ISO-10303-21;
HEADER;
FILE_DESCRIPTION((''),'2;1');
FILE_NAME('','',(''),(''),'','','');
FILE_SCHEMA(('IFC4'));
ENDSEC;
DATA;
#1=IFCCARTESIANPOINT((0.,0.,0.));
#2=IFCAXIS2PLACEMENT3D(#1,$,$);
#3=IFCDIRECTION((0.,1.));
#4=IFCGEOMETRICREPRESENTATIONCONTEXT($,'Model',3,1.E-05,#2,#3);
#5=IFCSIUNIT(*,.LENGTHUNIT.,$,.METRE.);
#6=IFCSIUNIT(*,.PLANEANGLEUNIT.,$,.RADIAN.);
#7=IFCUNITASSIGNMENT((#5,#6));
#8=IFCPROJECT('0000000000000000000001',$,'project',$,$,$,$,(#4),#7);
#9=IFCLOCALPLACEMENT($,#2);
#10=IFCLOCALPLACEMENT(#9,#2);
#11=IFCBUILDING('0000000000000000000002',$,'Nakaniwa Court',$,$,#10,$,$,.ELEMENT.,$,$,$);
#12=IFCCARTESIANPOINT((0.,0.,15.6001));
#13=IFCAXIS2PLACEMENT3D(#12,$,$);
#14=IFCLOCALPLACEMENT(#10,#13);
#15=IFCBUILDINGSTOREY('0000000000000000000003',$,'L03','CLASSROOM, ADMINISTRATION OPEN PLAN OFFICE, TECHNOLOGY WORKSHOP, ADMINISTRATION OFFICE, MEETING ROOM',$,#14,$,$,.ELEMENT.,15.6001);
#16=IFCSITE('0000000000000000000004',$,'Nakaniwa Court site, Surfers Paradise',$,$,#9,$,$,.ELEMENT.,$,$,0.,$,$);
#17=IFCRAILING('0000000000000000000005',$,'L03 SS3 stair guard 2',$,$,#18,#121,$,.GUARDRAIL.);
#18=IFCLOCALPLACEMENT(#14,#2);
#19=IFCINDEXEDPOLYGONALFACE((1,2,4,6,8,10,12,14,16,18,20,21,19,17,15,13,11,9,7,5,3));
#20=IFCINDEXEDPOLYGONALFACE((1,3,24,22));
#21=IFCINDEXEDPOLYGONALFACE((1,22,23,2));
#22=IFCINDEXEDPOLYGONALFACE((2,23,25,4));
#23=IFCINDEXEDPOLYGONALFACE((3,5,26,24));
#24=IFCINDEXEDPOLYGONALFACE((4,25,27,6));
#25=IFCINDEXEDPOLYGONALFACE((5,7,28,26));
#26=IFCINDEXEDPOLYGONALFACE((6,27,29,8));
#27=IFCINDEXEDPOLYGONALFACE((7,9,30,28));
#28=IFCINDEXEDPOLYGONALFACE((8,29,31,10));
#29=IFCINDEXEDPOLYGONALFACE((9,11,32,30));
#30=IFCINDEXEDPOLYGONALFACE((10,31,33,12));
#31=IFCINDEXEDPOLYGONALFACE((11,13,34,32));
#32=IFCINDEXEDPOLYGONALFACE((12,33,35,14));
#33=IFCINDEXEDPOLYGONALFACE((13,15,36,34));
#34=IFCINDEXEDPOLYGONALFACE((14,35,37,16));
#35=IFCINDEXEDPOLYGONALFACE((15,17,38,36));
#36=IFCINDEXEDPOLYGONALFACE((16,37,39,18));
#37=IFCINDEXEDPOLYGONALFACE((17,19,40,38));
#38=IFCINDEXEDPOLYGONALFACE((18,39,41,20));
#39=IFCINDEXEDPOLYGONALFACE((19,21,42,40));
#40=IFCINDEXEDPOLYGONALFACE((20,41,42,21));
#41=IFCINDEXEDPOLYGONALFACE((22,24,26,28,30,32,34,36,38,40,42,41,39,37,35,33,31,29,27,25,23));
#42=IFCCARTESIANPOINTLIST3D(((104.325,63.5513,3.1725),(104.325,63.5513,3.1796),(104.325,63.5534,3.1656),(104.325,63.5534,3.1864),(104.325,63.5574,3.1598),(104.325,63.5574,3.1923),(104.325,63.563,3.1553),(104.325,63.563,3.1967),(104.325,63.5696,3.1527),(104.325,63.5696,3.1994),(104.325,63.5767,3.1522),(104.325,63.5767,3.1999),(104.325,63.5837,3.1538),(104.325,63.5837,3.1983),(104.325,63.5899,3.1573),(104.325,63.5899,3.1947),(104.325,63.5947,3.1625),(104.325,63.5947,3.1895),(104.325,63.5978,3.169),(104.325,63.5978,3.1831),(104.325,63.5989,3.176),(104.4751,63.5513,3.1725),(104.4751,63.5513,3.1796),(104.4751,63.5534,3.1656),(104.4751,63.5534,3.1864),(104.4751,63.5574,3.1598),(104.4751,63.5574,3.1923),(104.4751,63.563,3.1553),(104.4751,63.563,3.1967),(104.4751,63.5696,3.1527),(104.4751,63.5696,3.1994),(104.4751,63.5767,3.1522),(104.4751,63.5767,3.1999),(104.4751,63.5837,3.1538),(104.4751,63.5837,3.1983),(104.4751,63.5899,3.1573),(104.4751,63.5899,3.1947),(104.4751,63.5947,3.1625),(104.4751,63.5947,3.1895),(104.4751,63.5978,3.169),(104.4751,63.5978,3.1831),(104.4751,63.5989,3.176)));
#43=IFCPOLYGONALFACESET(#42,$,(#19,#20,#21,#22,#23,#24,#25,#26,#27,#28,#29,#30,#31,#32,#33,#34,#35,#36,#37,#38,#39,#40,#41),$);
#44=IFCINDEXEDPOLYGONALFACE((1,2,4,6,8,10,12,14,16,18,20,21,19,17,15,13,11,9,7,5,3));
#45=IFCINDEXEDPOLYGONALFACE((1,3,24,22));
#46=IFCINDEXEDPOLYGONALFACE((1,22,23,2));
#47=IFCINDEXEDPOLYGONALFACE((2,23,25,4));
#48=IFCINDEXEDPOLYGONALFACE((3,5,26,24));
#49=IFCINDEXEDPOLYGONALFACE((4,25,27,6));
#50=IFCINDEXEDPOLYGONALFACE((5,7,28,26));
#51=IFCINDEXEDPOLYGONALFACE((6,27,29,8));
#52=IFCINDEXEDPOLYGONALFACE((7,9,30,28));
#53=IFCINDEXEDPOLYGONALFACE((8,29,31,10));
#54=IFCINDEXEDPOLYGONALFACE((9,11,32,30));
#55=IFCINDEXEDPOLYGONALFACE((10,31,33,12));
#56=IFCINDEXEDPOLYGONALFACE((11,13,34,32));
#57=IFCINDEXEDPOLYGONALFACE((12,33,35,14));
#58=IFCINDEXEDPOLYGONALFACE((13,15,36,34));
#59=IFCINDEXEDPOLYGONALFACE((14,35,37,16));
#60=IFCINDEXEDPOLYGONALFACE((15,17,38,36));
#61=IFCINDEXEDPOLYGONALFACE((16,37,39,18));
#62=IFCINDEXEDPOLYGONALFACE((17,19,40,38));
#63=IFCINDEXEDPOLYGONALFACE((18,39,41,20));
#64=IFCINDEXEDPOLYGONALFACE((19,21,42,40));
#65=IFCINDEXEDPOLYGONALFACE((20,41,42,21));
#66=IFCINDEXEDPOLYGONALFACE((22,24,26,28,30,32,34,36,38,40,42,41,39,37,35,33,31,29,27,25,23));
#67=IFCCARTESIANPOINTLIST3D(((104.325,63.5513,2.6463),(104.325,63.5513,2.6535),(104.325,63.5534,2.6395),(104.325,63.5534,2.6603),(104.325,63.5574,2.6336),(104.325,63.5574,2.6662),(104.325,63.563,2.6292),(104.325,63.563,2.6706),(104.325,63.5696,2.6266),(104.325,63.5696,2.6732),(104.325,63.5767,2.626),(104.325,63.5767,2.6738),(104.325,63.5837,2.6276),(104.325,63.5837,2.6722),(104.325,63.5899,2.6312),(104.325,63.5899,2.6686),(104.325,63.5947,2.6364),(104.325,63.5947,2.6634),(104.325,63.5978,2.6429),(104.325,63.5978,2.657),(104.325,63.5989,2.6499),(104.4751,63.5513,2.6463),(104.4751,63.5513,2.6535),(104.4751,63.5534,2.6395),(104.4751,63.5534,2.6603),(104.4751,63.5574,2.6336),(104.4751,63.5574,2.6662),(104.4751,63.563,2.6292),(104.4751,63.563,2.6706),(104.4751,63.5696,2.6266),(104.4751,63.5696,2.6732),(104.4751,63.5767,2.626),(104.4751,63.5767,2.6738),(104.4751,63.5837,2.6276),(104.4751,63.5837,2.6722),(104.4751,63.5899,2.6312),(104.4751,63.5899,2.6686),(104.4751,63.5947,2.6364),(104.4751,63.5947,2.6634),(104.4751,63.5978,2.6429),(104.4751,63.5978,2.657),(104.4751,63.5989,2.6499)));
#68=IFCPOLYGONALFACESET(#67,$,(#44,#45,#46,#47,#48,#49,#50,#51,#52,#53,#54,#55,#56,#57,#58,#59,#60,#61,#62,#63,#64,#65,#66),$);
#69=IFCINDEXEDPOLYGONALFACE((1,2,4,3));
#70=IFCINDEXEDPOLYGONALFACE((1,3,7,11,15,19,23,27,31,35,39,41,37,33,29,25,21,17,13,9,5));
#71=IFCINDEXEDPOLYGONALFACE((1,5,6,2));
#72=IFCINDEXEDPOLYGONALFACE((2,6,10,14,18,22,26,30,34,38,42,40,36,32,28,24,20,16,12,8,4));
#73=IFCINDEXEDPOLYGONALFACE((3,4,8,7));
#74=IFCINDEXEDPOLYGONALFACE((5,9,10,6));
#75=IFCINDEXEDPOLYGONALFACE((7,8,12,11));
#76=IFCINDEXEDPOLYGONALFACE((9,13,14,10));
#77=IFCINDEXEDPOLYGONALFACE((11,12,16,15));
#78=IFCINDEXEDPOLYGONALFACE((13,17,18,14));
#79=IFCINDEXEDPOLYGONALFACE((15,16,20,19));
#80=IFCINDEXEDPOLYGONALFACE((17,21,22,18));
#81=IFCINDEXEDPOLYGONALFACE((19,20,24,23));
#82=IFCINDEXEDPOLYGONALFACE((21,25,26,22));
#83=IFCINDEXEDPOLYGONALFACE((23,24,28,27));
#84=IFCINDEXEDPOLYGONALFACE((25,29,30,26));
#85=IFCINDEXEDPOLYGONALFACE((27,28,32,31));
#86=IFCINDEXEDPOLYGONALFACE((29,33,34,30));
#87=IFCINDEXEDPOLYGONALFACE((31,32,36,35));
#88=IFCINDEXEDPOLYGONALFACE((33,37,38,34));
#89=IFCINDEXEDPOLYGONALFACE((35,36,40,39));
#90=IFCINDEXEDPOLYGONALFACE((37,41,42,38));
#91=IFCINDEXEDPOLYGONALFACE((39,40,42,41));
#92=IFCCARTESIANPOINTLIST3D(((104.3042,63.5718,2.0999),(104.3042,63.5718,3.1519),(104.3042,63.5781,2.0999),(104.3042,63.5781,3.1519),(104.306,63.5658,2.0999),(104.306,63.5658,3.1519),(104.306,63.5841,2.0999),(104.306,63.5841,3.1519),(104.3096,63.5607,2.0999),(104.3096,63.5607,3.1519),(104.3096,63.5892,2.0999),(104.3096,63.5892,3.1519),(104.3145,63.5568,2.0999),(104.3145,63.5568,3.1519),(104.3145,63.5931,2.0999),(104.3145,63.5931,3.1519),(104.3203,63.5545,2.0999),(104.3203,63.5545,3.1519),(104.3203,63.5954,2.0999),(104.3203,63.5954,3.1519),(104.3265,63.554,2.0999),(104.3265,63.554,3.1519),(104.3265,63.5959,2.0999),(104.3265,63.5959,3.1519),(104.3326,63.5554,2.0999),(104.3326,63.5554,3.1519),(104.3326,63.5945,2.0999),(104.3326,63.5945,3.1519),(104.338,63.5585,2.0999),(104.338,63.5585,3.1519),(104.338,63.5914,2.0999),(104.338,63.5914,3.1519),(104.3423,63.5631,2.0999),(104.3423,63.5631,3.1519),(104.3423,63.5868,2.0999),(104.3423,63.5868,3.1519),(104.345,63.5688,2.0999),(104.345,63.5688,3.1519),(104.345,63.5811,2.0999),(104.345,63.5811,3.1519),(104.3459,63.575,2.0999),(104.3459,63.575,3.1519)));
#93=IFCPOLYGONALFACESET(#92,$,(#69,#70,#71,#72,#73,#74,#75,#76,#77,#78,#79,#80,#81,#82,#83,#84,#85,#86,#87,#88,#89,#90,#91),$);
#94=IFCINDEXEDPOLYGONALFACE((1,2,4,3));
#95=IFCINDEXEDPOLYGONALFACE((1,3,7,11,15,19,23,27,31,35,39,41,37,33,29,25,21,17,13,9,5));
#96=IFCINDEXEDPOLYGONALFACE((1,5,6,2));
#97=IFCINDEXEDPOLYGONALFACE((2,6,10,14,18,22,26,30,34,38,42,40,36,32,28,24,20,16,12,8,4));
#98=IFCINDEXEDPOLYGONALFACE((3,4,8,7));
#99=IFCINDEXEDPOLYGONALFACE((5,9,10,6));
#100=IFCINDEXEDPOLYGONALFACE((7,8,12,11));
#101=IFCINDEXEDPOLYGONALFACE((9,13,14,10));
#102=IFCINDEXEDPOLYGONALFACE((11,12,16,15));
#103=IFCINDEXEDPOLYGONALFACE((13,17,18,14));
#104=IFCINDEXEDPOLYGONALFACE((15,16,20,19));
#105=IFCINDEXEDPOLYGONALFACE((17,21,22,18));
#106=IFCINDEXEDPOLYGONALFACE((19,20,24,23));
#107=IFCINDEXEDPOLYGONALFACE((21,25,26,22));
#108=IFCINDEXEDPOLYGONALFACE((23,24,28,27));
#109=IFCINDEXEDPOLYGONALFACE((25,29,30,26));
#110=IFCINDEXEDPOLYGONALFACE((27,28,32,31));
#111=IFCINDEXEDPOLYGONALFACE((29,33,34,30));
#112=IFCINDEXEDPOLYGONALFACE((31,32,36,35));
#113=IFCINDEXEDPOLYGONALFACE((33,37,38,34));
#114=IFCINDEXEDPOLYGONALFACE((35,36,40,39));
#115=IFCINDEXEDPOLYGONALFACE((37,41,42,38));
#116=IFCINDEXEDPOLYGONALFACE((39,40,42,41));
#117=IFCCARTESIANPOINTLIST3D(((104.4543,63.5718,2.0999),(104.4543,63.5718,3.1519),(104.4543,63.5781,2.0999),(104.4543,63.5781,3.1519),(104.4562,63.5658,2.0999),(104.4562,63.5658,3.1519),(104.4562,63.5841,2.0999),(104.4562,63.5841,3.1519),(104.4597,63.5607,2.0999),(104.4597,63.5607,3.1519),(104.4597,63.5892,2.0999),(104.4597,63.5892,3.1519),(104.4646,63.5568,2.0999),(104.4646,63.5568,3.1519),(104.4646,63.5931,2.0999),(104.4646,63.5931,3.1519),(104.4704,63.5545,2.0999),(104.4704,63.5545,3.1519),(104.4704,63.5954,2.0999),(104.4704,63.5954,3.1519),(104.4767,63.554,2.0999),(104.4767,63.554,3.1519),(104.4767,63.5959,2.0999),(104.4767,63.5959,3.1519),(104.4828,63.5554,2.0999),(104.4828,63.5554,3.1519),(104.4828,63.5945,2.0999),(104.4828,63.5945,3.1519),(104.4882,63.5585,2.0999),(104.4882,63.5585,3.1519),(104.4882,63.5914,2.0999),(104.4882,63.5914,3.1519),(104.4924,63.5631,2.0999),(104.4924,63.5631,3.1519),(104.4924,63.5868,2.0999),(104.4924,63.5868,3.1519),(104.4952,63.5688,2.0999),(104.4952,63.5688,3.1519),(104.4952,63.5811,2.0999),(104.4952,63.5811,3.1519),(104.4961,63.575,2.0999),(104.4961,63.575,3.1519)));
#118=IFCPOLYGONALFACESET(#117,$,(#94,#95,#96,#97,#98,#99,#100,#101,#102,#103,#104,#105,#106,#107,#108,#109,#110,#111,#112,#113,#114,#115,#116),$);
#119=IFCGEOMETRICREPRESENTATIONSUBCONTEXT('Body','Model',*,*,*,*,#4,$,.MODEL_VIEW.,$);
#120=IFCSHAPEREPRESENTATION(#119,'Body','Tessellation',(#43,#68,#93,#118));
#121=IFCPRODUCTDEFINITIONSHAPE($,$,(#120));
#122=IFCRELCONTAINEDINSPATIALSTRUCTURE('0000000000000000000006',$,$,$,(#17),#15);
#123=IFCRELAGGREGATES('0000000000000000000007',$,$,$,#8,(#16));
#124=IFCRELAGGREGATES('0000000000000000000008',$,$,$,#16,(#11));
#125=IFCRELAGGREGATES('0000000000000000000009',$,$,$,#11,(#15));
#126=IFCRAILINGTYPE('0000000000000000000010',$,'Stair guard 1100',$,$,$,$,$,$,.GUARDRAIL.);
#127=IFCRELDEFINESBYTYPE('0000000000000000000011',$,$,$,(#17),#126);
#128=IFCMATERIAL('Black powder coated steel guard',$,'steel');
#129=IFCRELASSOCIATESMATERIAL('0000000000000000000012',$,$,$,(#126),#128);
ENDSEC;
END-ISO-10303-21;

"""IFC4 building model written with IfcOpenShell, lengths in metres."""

from ifc_helpers import new_model, si_unit, direction, frame, origin, origin_2d, place, context, subcontext, project, spatial, circle, extrude, material, type_object, element, save


model = new_model("IFC4")

# Units and contexts
model_context = context("Model", 3, precision=1e-05, world=origin(), true_north=direction((0.0, 1.0)))
body_context = subcontext(model_context, "Body", "Model", "MODEL_VIEW")
ifc_project = project(units=[si_unit("LENGTHUNIT", "METRE"), si_unit("PLANEANGLEUNIT", "RADIAN")], contexts=[model_context])

# Site, building, storey
site_placement = place(None, origin())
site = spatial("IfcSite", under=ifc_project, at=site_placement, Name="Nakaniwa Court site, Surfers Paradise", CompositionType="ELEMENT", RefElevation=0.0)
building_placement = place(site_placement, origin())
building = spatial("IfcBuilding", under=site, at=building_placement, Name="Nakaniwa Court", CompositionType="ELEMENT")
storey_placement = place(building_placement, frame((0.0, 0.0, 15.6001)))
storey = spatial("IfcBuildingStorey", under=building, at=storey_placement, Name="L03", Description="CLASSROOM, ADMINISTRATION OPEN PLAN OFFICE, TECHNOLOGY WORKSHOP, ADMINISTRATION OFFICE, MEETING ROOM", CompositionType="ELEMENT", Elevation=15.6001)

# Railing
ifc_material_1 = material(Name="Black powder coated steel guard", Category="steel")
railing_type_1 = type_object("IfcRailingType", Name="Stair guard 1100", PredefinedType="GUARDRAIL", material=ifc_material_1)
railing_1_placement = place(storey_placement, frame((104.325, 63.575, 2.0999)))
element("IfcRailing", 1, at=railing_1_placement, inside=storey, type_object=railing_type_1, Name="L03 SS3 stair guard 2", PredefinedType="GUARDRAIL", context=body_context, shape_type="SweptSolid", body=[
    extrude(circle(Radius=0.0239, at=origin_2d()), frame((0.0, 0.0, 1.0762), z_axis=(1.0, 0.0, 0.0), x_axis=(0.0, 1.0, 0.0)), (0.0, 0.0, 1.0), 0.1501),
    extrude(circle(Radius=0.0239, at=origin_2d()), frame((0.0, 0.0, 0.55), z_axis=(1.0, 0.0, 0.0), x_axis=(0.0, 1.0, 0.0)), (0.0, 0.0, 1.0), 0.1501),
    extrude(circle(Radius=0.021, at=origin_2d()), origin(), (0.0, 0.0, 1.0), 1.052),
    extrude(circle(Radius=0.021, at=origin_2d()), frame((0.1501, 0.0, 0.0)), (0.0, 0.0, 1.0), 1.052),
])

save(model, "model.ifc")
